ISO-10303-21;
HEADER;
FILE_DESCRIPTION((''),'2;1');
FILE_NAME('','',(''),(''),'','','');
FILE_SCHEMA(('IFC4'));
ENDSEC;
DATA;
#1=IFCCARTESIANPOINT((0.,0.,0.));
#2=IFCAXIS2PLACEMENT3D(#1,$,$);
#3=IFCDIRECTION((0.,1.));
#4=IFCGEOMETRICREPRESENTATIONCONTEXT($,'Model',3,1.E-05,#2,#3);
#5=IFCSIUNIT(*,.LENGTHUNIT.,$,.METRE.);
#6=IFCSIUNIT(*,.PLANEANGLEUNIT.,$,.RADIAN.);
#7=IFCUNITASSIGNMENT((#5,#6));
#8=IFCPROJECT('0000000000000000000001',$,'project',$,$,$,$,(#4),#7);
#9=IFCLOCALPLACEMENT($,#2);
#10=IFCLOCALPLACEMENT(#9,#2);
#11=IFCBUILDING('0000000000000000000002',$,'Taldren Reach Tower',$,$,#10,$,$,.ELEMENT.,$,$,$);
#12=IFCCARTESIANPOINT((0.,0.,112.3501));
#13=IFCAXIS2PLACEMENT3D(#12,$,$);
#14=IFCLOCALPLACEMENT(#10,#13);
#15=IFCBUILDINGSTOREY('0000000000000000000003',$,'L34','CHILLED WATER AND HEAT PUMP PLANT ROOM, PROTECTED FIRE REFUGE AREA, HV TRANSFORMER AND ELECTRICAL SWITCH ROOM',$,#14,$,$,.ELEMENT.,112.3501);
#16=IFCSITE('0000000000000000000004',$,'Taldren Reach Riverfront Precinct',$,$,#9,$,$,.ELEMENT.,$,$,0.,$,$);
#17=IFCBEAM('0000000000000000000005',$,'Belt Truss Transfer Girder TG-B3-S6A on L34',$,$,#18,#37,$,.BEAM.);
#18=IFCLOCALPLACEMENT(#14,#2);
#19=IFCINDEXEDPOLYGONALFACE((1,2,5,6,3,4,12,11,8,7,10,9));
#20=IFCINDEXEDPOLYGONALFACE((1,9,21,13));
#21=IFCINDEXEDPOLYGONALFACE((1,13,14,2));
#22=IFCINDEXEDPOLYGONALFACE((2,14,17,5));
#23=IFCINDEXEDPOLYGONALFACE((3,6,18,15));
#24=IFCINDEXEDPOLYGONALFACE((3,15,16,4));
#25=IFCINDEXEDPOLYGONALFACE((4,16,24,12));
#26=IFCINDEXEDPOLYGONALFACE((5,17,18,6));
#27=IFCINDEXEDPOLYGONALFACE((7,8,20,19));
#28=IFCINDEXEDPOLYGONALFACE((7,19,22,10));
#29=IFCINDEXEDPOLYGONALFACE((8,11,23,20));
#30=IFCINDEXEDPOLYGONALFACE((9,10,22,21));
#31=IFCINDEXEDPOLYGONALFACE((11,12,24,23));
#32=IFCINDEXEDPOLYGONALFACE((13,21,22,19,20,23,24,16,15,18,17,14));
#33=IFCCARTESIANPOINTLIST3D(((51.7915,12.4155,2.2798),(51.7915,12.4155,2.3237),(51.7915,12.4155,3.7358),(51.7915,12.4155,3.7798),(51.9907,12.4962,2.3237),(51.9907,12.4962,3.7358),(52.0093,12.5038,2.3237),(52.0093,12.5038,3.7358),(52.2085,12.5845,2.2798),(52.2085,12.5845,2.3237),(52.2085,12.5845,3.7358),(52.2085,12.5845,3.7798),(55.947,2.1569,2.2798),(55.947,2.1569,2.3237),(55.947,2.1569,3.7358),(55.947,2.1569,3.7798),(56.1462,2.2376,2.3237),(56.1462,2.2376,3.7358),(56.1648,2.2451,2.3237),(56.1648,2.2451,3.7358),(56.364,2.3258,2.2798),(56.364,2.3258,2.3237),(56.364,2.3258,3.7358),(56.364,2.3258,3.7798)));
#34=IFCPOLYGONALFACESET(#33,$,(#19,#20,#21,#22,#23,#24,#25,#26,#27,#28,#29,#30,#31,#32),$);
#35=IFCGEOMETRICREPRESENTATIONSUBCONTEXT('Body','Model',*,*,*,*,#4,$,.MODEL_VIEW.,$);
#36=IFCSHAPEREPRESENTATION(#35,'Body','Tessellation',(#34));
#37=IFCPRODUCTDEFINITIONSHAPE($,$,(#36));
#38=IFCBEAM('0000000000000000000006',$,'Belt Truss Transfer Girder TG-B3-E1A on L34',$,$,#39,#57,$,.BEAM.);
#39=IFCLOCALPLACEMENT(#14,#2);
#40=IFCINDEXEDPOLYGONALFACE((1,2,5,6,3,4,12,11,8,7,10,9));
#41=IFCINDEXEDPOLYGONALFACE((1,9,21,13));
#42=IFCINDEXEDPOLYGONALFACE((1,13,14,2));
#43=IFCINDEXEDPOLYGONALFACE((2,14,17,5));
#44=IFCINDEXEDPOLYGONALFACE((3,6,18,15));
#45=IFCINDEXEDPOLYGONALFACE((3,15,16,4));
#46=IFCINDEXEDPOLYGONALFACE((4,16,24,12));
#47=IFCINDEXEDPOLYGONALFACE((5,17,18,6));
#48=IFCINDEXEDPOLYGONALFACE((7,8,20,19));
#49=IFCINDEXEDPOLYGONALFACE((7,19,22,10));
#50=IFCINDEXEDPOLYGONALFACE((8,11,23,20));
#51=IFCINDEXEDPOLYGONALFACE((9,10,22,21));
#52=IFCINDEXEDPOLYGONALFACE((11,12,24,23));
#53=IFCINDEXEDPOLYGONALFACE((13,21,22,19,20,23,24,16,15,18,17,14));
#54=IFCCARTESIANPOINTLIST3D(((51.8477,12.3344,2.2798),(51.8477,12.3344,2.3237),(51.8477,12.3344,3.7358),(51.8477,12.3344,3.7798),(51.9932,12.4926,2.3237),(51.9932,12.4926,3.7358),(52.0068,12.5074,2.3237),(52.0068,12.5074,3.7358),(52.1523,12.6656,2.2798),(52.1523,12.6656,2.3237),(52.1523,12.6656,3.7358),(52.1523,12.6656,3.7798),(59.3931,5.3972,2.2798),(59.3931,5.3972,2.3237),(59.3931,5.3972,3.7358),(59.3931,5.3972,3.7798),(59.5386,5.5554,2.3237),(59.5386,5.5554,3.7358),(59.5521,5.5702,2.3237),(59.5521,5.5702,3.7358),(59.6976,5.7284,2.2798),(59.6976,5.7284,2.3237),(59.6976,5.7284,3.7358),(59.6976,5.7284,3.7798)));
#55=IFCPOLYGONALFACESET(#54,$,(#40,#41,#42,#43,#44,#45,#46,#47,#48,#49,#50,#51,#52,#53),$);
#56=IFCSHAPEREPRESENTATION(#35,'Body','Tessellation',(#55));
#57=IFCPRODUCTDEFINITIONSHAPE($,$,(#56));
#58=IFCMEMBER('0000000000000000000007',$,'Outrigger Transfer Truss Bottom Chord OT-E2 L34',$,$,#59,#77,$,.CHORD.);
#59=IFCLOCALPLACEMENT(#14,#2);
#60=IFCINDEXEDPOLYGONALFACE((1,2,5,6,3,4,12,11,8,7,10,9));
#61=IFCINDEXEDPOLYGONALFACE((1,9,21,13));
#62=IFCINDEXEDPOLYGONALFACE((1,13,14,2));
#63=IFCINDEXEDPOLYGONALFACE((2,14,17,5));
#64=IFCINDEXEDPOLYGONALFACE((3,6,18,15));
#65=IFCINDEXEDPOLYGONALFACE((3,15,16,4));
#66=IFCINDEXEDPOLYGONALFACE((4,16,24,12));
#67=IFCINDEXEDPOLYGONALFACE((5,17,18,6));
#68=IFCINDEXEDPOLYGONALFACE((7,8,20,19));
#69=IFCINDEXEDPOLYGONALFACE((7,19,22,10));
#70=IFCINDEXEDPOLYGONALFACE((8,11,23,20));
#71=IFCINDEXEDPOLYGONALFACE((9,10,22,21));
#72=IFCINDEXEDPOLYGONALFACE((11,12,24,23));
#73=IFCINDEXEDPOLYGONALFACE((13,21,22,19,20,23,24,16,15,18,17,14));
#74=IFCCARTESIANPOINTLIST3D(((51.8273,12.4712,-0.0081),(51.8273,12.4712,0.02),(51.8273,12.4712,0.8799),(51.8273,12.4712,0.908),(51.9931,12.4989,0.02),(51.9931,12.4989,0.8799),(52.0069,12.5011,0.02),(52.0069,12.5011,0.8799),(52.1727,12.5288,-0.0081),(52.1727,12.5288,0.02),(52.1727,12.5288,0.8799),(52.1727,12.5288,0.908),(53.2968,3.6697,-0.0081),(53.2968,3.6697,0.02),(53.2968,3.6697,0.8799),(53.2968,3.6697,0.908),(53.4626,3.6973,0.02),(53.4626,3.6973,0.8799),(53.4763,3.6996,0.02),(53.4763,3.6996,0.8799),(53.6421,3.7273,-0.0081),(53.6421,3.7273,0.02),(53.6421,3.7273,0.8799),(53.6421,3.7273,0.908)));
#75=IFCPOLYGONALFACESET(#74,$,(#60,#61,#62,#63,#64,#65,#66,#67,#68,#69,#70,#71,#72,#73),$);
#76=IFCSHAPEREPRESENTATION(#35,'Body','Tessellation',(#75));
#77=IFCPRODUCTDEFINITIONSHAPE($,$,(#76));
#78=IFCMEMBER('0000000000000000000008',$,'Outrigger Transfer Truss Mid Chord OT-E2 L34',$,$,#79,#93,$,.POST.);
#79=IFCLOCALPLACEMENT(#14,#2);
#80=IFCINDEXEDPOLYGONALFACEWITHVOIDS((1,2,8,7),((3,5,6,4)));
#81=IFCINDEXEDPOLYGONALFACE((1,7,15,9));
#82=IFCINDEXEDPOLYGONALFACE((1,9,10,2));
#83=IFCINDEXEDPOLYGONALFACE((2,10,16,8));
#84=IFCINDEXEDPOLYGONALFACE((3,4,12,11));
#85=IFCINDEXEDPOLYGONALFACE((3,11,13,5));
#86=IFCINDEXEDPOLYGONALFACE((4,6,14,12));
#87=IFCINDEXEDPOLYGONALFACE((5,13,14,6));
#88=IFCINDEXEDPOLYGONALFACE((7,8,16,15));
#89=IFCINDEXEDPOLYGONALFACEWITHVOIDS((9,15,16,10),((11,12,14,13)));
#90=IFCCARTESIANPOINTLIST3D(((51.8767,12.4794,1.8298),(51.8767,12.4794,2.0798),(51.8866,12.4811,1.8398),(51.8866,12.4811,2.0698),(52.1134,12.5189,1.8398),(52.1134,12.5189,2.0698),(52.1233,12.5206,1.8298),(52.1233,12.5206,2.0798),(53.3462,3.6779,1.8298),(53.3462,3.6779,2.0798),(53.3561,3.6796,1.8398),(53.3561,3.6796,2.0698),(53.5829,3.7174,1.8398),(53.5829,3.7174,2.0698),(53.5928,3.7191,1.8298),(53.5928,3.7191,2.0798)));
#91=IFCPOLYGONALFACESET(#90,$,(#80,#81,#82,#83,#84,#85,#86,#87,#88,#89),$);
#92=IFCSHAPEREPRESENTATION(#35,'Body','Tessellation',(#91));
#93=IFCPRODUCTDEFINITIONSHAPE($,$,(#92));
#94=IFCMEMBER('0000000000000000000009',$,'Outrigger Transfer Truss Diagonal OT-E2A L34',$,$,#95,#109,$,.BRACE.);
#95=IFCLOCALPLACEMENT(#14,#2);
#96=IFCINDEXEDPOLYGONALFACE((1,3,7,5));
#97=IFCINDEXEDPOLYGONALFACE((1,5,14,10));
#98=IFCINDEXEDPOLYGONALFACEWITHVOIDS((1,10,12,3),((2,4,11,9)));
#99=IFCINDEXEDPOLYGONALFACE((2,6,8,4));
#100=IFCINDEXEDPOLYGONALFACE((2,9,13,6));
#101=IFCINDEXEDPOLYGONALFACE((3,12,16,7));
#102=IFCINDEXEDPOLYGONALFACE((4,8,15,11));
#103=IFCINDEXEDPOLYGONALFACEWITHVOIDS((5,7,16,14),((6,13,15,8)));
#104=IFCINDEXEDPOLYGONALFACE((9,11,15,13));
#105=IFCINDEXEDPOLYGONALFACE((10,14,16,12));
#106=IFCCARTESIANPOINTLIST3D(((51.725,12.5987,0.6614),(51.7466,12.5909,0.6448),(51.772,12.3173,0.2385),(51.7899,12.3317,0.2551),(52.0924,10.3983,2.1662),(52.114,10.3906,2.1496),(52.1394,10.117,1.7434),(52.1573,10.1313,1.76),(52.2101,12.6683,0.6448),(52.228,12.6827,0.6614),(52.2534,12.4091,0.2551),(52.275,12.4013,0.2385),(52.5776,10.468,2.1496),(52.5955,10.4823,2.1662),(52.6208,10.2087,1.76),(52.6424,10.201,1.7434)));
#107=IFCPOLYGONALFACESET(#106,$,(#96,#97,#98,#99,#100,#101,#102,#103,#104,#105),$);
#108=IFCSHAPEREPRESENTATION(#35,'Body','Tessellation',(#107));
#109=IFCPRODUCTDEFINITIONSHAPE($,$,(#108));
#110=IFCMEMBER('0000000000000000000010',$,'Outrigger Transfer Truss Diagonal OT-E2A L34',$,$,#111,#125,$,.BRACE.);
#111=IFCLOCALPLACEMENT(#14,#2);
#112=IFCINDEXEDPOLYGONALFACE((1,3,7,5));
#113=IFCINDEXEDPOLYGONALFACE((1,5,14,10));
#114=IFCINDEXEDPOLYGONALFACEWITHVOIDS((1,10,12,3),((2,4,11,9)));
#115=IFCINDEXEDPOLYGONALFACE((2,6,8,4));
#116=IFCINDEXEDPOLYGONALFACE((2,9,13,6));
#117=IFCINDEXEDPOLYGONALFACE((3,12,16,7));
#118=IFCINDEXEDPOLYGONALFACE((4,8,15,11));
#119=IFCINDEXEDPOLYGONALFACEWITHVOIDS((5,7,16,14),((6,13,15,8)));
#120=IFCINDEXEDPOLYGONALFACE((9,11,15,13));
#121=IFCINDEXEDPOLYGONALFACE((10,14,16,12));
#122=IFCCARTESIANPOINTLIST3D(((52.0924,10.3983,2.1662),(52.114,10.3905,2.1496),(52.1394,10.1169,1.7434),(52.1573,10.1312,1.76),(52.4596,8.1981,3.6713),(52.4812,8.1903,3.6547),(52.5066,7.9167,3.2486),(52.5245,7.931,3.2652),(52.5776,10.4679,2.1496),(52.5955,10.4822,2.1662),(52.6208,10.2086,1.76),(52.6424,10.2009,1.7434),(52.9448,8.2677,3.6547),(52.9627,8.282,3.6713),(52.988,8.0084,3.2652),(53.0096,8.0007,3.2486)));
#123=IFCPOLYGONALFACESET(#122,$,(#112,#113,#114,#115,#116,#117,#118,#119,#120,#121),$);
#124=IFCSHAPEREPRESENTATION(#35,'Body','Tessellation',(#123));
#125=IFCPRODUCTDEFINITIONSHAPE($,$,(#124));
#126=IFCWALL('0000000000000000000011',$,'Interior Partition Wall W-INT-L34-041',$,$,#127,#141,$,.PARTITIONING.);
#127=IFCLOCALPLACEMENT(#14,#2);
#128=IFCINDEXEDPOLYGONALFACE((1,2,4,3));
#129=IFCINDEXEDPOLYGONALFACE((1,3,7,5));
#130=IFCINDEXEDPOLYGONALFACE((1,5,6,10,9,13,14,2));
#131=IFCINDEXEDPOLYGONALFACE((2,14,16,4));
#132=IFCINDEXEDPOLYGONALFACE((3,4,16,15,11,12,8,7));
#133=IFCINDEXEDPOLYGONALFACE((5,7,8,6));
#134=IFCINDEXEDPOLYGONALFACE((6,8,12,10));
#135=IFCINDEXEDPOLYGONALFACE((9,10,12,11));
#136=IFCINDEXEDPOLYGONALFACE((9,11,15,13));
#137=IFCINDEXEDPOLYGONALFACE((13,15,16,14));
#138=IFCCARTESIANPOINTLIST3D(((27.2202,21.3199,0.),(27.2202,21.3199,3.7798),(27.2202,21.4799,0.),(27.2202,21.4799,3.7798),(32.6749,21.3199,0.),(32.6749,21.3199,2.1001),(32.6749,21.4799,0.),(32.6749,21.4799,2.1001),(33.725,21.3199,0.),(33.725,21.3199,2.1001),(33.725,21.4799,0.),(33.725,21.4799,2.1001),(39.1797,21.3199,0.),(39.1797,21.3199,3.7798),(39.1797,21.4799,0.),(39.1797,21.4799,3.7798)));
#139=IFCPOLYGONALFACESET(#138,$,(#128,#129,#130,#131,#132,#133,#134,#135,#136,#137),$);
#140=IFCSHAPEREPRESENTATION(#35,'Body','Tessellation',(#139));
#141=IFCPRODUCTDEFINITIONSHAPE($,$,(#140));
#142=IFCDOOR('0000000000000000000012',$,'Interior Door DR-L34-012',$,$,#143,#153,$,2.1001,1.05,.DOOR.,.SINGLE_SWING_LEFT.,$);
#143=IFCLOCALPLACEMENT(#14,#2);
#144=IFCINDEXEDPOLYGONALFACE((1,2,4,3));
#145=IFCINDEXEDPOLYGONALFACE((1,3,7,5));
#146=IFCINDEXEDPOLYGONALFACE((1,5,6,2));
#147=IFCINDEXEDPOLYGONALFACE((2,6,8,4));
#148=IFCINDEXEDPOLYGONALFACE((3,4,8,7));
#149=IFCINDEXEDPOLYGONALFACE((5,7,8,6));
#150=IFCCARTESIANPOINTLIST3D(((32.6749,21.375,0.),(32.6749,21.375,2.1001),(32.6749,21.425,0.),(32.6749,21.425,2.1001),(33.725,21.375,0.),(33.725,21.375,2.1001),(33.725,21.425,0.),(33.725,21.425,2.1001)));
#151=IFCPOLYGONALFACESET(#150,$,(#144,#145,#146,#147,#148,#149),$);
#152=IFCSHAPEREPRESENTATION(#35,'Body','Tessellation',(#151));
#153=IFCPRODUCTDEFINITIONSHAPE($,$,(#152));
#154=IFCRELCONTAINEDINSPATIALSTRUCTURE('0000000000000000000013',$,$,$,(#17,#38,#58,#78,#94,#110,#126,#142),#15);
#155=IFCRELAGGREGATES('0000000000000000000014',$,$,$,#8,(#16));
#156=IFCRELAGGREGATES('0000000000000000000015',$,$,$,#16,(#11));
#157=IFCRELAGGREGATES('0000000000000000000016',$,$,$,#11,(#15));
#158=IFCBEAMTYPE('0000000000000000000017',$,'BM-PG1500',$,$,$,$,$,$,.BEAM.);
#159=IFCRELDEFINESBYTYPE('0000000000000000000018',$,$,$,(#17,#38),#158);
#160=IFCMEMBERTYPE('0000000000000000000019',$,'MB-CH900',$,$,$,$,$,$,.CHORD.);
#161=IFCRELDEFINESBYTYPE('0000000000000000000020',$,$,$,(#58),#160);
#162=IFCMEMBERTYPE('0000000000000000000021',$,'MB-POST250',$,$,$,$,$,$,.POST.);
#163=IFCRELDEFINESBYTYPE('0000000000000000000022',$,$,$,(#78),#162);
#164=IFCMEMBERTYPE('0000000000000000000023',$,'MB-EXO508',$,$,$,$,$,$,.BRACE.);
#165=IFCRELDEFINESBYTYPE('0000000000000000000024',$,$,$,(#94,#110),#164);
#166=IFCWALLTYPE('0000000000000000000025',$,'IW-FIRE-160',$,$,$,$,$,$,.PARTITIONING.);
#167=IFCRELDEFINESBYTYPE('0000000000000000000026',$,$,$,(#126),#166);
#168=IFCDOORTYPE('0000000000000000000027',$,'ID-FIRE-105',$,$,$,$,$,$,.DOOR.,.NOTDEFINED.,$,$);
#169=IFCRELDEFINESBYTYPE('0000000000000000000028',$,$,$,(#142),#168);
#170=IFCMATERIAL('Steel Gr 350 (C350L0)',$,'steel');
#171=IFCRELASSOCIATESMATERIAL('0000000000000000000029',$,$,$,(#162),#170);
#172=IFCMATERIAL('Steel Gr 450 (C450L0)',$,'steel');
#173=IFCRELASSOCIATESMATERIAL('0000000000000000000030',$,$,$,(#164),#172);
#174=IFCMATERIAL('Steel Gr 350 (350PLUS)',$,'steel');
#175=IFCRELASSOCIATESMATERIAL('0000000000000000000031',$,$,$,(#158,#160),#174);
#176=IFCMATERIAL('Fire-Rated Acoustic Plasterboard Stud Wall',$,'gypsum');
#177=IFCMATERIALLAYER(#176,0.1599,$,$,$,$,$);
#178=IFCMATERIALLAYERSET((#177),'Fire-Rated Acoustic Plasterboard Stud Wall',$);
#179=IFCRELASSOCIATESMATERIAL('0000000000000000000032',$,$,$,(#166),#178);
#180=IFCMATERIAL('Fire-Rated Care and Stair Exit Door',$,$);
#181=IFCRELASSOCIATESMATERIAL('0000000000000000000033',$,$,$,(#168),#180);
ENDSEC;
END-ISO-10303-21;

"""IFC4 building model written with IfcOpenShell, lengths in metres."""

from ifc_helpers import new_model, si_unit, direction, frame, frame_2d, origin, origin_2d, place, context, subcontext, project, spatial, rectangle, hollow_rectangle, i_section, extrude, source, transform, mapped, material, layer, layer_set, material_profile, profile_set, type_object, element, fill, save


model = new_model("IFC4")

# Units and contexts
model_context = context("Model", 3, precision=1e-05, world=origin(), true_north=direction((0.0, 1.0)))
body_context = subcontext(model_context, "Body", "Model", "MODEL_VIEW")
ifc_project = project(units=[si_unit("LENGTHUNIT", "METRE"), si_unit("PLANEANGLEUNIT", "RADIAN")], contexts=[model_context])

# Site, building, storey
site_placement = place(None, origin())
site = spatial("IfcSite", under=ifc_project, at=site_placement, Name="Taldren Reach Riverfront Precinct", CompositionType="ELEMENT", RefElevation=0.0)
building_placement = place(site_placement, origin())
building = spatial("IfcBuilding", under=site, at=building_placement, Name="Taldren Reach Tower", CompositionType="ELEMENT")
storey_placement = place(building_placement, frame((0.0, 0.0, 112.3501)))
storey = spatial("IfcBuildingStorey", under=building, at=storey_placement, Name="L34", Description="CHILLED WATER AND HEAT PUMP PLANT ROOM, PROTECTED FIRE REFUGE AREA, HV TRANSFORMER AND ELECTRICAL SWITCH ROOM", CompositionType="ELEMENT", Elevation=112.3501)

# Shared definitions
ifc_material_1 = material(Name="Steel Gr 350 (350PLUS)", Category="steel")

# Shared definitions
ifc_material_2 = material(Name="Steel Gr 350 (C350L0)", Category="steel")
ifc_material_profile_1 = material_profile(ifc_material_2, hollow_rectangle(XDim=0.25, YDim=0.25, WallThickness=0.01, at=origin_2d()), Name="250x250x10.0SHS")
ifc_profile_set_1 = profile_set([ifc_material_profile_1], Name="Steel Gr 350 (C350L0)")
member_type_1 = type_object("IfcMemberType", Name="MB-POST250", PredefinedType="POST", material=ifc_profile_set_1)
ifc_material_3 = material(Name="Steel Gr 450 (C450L0)", Category="steel")
ifc_material_profile_2 = material_profile(ifc_material_3, hollow_rectangle(XDim=0.51, YDim=0.51, WallThickness=0.02, at=origin_2d()), Name="510x510x20.0SHS")
ifc_profile_set_2 = profile_set([ifc_material_profile_2], Name="Steel Gr 450 (C450L0)")
member_type_2 = type_object("IfcMemberType", Name="MB-EXO508", PredefinedType="BRACE", material=ifc_profile_set_2)

# Beams
ifc_material_profile_3 = material_profile(ifc_material_1, i_section(OverallWidth=0.45, OverallDepth=1.5, WebThickness=0.02, FlangeThickness=0.0439, at=origin_2d()), Name="1500WB550")
ifc_profile_set_3 = profile_set([ifc_material_profile_3], Name="Steel Gr 350 (350PLUS)")
beam_type_1 = type_object("IfcBeamType", Name="BM-PG1500", PredefinedType="BEAM", material=ifc_profile_set_3)
shared_shape_1 = source(origin(), body_context, "Body", "SweptSolid", [
    extrude(i_section(OverallWidth=0.45, OverallDepth=1.5, WebThickness=0.02, FlangeThickness=0.0439, at=origin_2d()), origin(), (0.0, 0.0, 1.0), 11.0684),
])
beam_1_placement = place(storey_placement, frame((52.0, 12.5, 3.0298), z_axis=(0.375437, -0.926848, 0.0), x_axis=(0.926848, 0.375437, 0.0)))
element("IfcBeam", 1, at=beam_1_placement, inside=storey, type_object=beam_type_1, Name="Belt Truss Transfer Girder TG-B3-S6A on L34", PredefinedType="BEAM", context=body_context, shape_type="MappedRepresentation", body=[
    mapped(shared_shape_1, transform((0.0, 0.0, 0.0), scale=1.0)),
])
shared_shape_2 = source(origin(), body_context, "Body", "SweptSolid", [
    extrude(i_section(OverallWidth=0.45, OverallDepth=1.5, WebThickness=0.02, FlangeThickness=0.0439, at=origin_2d()), origin(), (0.0, 0.0, 1.0), 10.2498),
])
beam_2_placement = place(storey_placement, frame((52.0, 12.5, 3.0298), z_axis=(0.736151, -0.676818, 0.0), x_axis=(0.676818, 0.736151, 0.0)))
element("IfcBeam", 2, at=beam_2_placement, inside=storey, type_object=beam_type_1, Name="Belt Truss Transfer Girder TG-B3-E1A on L34", PredefinedType="BEAM", context=body_context, shape_type="MappedRepresentation", body=[
    mapped(shared_shape_2, transform((0.0, 0.0, 0.0), scale=1.0)),
])

# Members
ifc_material_profile_4 = material_profile(ifc_material_1, i_section(OverallWidth=0.3501, OverallDepth=0.916, WebThickness=0.0139, FlangeThickness=0.0281, at=origin_2d()), Name="900WB257")
ifc_profile_set_4 = profile_set([ifc_material_profile_4], Name="Steel Gr 350 (350PLUS)")
member_type_3 = type_object("IfcMemberType", Name="MB-CH900", PredefinedType="CHORD", material=ifc_profile_set_4)
shared_shape_3 = source(origin(), body_context, "Body", "SweptSolid", [
    extrude(i_section(OverallWidth=0.3501, OverallDepth=0.916, WebThickness=0.0139, FlangeThickness=0.0281, at=origin_2d()), origin(), (0.0, 0.0, 1.0), 8.9233),
])
member_1_placement = place(storey_placement, frame((52.0, 12.5, 0.45), z_axis=(0.164678, -0.986347, 0.0), x_axis=(0.986347, 0.164678, 0.0)))
element("IfcMember", 3, at=member_1_placement, inside=storey, type_object=member_type_3, Name="Outrigger Transfer Truss Bottom Chord OT-E2 L34", PredefinedType="CHORD", context=body_context, shape_type="MappedRepresentation", body=[
    mapped(shared_shape_3, transform((0.0, 0.0, 0.0), scale=1.0)),
])
shared_shape_4 = source(origin(), body_context, "Body", "SweptSolid", [
    extrude(hollow_rectangle(XDim=0.25, YDim=0.25, WallThickness=0.01, at=origin_2d()), origin(), (0.0, 0.0, 1.0), 8.9233),
])
member_2_placement = place(storey_placement, frame((52.0, 12.5, 1.9548), z_axis=(0.164678, -0.986347, 0.0), x_axis=(0.986347, 0.164678, 0.0)))
element("IfcMember", 4, at=member_2_placement, inside=storey, type_object=member_type_1, Name="Outrigger Transfer Truss Mid Chord OT-E2 L34", PredefinedType="POST", context=body_context, shape_type="MappedRepresentation", body=[
    mapped(shared_shape_4, transform((0.0, 0.0, 0.0), scale=1.0)),
])
shared_shape_5 = source(origin(), body_context, "Body", "SweptSolid", [
    extrude(hollow_rectangle(XDim=0.51, YDim=0.51, WallThickness=0.02, at=origin_2d()), origin(), (0.0, 0.0, 1.0), 2.6909),
])
for number, where, z_axis, x_axis, name in (
    (5, (52.0, 12.5, 0.45), (0.13654, -0.817696, 0.559223), (0.986344, 0.164701, 0.0), "Outrigger Transfer Truss Diagonal OT-E2A L34"),
    (6, (52.3674, 10.2996, 1.9548), (0.136454, -0.817634, 0.559334), (0.986358, 0.164612, 0.0), "Outrigger Transfer Truss Diagonal OT-E2A L34"),
):
    element("IfcMember", number, at=place(storey_placement, frame(where, z_axis=z_axis, x_axis=x_axis)), inside=storey, type_object=member_type_2, Name=name, PredefinedType="BRACE", context=body_context, shape_type="MappedRepresentation", body=[
        mapped(shared_shape_5, transform((0.0, 0.0, 0.0), scale=1.0)),
    ])

# Wall, opening, door
ifc_material_4 = material(Name="Fire-Rated Acoustic Plasterboard Stud Wall", Category="gypsum")
ifc_layer = layer(ifc_material_4, 0.1599)
ifc_layer_set = layer_set([ifc_layer], Name="Fire-Rated Acoustic Plasterboard Stud Wall")
wall_type = type_object("IfcWallType", Name="IW-FIRE-160", PredefinedType="PARTITIONING", material=ifc_layer_set)
shared_shape_6 = source(origin(), body_context, "Body", "SweptSolid", [
    extrude(rectangle(XDim=11.9595, YDim=0.1599, at=frame_2d((5.9797, 0.0))), origin(), (0.0, 0.0, 1.0), 3.7798),
])
wall_1_placement = place(storey_placement, frame((39.1797, 21.3999, 0.0), z_axis=(0.0, 0.0, 1.0), x_axis=(-1.0, 0.0, 0.0)))
wall_1 = element("IfcWall", 7, at=wall_1_placement, inside=storey, type_object=wall_type, Name="Interior Partition Wall W-INT-L34-041", PredefinedType="PARTITIONING", context=body_context, shape_type="MappedRepresentation", body=[
    mapped(shared_shape_6, transform((0.0, 0.0, 0.0), scale=1.0)),
])
shared_shape_7 = source(origin(), body_context, "Body", "SweptSolid", [
    extrude(rectangle(XDim=1.05, YDim=2.1001, at=frame_2d((0.5249, 1.05))), frame((0.0, 0.0898, 0.0), z_axis=(0.0, -1.0, 0.0), x_axis=(1.0, 0.0, 0.0)), (0.0, 0.0, 1.0), 0.1799),
])
opening_1_placement = place(wall_1_placement, frame((5.4548, 0.0, 0.0)))
opening_1 = element("IfcOpeningElement", 8, at=opening_1_placement, cuts=wall_1, PredefinedType="OPENING", context=body_context, shape_type="MappedRepresentation", body=[
    mapped(shared_shape_7, transform((0.0, 0.0, 0.0), scale=1.0)),
])
ifc_material_5 = material(Name="Fire-Rated Care and Stair Exit Door")
door_type = type_object("IfcDoorType", Name="ID-FIRE-105", OperationType="NOTDEFINED", PredefinedType="DOOR", material=ifc_material_5)
shared_shape_8 = source(origin(), body_context, "Body", "SweptSolid", [
    extrude(rectangle(XDim=1.05, YDim=2.1001, at=frame_2d((0.5249, 1.05))), frame((0.0, 0.0249, 0.0), z_axis=(0.0, -1.0, 0.0), x_axis=(1.0, 0.0, 0.0)), (0.0, 0.0, 1.0), 0.05),
])
door_1_placement = place(opening_1_placement, origin())
door_1 = element("IfcDoor", 9, at=door_1_placement, inside=storey, type_object=door_type, Name="Interior Door DR-L34-012", OperationType="SINGLE_SWING_LEFT", OverallHeight=2.1001, OverallWidth=1.05, PredefinedType="DOOR", context=body_context, shape_type="MappedRepresentation", body=[
    mapped(shared_shape_8, transform((0.0, 0.0, 0.0), scale=1.0)),
])
fill(opening_1, door_1)

save(model, "model.ifc")
